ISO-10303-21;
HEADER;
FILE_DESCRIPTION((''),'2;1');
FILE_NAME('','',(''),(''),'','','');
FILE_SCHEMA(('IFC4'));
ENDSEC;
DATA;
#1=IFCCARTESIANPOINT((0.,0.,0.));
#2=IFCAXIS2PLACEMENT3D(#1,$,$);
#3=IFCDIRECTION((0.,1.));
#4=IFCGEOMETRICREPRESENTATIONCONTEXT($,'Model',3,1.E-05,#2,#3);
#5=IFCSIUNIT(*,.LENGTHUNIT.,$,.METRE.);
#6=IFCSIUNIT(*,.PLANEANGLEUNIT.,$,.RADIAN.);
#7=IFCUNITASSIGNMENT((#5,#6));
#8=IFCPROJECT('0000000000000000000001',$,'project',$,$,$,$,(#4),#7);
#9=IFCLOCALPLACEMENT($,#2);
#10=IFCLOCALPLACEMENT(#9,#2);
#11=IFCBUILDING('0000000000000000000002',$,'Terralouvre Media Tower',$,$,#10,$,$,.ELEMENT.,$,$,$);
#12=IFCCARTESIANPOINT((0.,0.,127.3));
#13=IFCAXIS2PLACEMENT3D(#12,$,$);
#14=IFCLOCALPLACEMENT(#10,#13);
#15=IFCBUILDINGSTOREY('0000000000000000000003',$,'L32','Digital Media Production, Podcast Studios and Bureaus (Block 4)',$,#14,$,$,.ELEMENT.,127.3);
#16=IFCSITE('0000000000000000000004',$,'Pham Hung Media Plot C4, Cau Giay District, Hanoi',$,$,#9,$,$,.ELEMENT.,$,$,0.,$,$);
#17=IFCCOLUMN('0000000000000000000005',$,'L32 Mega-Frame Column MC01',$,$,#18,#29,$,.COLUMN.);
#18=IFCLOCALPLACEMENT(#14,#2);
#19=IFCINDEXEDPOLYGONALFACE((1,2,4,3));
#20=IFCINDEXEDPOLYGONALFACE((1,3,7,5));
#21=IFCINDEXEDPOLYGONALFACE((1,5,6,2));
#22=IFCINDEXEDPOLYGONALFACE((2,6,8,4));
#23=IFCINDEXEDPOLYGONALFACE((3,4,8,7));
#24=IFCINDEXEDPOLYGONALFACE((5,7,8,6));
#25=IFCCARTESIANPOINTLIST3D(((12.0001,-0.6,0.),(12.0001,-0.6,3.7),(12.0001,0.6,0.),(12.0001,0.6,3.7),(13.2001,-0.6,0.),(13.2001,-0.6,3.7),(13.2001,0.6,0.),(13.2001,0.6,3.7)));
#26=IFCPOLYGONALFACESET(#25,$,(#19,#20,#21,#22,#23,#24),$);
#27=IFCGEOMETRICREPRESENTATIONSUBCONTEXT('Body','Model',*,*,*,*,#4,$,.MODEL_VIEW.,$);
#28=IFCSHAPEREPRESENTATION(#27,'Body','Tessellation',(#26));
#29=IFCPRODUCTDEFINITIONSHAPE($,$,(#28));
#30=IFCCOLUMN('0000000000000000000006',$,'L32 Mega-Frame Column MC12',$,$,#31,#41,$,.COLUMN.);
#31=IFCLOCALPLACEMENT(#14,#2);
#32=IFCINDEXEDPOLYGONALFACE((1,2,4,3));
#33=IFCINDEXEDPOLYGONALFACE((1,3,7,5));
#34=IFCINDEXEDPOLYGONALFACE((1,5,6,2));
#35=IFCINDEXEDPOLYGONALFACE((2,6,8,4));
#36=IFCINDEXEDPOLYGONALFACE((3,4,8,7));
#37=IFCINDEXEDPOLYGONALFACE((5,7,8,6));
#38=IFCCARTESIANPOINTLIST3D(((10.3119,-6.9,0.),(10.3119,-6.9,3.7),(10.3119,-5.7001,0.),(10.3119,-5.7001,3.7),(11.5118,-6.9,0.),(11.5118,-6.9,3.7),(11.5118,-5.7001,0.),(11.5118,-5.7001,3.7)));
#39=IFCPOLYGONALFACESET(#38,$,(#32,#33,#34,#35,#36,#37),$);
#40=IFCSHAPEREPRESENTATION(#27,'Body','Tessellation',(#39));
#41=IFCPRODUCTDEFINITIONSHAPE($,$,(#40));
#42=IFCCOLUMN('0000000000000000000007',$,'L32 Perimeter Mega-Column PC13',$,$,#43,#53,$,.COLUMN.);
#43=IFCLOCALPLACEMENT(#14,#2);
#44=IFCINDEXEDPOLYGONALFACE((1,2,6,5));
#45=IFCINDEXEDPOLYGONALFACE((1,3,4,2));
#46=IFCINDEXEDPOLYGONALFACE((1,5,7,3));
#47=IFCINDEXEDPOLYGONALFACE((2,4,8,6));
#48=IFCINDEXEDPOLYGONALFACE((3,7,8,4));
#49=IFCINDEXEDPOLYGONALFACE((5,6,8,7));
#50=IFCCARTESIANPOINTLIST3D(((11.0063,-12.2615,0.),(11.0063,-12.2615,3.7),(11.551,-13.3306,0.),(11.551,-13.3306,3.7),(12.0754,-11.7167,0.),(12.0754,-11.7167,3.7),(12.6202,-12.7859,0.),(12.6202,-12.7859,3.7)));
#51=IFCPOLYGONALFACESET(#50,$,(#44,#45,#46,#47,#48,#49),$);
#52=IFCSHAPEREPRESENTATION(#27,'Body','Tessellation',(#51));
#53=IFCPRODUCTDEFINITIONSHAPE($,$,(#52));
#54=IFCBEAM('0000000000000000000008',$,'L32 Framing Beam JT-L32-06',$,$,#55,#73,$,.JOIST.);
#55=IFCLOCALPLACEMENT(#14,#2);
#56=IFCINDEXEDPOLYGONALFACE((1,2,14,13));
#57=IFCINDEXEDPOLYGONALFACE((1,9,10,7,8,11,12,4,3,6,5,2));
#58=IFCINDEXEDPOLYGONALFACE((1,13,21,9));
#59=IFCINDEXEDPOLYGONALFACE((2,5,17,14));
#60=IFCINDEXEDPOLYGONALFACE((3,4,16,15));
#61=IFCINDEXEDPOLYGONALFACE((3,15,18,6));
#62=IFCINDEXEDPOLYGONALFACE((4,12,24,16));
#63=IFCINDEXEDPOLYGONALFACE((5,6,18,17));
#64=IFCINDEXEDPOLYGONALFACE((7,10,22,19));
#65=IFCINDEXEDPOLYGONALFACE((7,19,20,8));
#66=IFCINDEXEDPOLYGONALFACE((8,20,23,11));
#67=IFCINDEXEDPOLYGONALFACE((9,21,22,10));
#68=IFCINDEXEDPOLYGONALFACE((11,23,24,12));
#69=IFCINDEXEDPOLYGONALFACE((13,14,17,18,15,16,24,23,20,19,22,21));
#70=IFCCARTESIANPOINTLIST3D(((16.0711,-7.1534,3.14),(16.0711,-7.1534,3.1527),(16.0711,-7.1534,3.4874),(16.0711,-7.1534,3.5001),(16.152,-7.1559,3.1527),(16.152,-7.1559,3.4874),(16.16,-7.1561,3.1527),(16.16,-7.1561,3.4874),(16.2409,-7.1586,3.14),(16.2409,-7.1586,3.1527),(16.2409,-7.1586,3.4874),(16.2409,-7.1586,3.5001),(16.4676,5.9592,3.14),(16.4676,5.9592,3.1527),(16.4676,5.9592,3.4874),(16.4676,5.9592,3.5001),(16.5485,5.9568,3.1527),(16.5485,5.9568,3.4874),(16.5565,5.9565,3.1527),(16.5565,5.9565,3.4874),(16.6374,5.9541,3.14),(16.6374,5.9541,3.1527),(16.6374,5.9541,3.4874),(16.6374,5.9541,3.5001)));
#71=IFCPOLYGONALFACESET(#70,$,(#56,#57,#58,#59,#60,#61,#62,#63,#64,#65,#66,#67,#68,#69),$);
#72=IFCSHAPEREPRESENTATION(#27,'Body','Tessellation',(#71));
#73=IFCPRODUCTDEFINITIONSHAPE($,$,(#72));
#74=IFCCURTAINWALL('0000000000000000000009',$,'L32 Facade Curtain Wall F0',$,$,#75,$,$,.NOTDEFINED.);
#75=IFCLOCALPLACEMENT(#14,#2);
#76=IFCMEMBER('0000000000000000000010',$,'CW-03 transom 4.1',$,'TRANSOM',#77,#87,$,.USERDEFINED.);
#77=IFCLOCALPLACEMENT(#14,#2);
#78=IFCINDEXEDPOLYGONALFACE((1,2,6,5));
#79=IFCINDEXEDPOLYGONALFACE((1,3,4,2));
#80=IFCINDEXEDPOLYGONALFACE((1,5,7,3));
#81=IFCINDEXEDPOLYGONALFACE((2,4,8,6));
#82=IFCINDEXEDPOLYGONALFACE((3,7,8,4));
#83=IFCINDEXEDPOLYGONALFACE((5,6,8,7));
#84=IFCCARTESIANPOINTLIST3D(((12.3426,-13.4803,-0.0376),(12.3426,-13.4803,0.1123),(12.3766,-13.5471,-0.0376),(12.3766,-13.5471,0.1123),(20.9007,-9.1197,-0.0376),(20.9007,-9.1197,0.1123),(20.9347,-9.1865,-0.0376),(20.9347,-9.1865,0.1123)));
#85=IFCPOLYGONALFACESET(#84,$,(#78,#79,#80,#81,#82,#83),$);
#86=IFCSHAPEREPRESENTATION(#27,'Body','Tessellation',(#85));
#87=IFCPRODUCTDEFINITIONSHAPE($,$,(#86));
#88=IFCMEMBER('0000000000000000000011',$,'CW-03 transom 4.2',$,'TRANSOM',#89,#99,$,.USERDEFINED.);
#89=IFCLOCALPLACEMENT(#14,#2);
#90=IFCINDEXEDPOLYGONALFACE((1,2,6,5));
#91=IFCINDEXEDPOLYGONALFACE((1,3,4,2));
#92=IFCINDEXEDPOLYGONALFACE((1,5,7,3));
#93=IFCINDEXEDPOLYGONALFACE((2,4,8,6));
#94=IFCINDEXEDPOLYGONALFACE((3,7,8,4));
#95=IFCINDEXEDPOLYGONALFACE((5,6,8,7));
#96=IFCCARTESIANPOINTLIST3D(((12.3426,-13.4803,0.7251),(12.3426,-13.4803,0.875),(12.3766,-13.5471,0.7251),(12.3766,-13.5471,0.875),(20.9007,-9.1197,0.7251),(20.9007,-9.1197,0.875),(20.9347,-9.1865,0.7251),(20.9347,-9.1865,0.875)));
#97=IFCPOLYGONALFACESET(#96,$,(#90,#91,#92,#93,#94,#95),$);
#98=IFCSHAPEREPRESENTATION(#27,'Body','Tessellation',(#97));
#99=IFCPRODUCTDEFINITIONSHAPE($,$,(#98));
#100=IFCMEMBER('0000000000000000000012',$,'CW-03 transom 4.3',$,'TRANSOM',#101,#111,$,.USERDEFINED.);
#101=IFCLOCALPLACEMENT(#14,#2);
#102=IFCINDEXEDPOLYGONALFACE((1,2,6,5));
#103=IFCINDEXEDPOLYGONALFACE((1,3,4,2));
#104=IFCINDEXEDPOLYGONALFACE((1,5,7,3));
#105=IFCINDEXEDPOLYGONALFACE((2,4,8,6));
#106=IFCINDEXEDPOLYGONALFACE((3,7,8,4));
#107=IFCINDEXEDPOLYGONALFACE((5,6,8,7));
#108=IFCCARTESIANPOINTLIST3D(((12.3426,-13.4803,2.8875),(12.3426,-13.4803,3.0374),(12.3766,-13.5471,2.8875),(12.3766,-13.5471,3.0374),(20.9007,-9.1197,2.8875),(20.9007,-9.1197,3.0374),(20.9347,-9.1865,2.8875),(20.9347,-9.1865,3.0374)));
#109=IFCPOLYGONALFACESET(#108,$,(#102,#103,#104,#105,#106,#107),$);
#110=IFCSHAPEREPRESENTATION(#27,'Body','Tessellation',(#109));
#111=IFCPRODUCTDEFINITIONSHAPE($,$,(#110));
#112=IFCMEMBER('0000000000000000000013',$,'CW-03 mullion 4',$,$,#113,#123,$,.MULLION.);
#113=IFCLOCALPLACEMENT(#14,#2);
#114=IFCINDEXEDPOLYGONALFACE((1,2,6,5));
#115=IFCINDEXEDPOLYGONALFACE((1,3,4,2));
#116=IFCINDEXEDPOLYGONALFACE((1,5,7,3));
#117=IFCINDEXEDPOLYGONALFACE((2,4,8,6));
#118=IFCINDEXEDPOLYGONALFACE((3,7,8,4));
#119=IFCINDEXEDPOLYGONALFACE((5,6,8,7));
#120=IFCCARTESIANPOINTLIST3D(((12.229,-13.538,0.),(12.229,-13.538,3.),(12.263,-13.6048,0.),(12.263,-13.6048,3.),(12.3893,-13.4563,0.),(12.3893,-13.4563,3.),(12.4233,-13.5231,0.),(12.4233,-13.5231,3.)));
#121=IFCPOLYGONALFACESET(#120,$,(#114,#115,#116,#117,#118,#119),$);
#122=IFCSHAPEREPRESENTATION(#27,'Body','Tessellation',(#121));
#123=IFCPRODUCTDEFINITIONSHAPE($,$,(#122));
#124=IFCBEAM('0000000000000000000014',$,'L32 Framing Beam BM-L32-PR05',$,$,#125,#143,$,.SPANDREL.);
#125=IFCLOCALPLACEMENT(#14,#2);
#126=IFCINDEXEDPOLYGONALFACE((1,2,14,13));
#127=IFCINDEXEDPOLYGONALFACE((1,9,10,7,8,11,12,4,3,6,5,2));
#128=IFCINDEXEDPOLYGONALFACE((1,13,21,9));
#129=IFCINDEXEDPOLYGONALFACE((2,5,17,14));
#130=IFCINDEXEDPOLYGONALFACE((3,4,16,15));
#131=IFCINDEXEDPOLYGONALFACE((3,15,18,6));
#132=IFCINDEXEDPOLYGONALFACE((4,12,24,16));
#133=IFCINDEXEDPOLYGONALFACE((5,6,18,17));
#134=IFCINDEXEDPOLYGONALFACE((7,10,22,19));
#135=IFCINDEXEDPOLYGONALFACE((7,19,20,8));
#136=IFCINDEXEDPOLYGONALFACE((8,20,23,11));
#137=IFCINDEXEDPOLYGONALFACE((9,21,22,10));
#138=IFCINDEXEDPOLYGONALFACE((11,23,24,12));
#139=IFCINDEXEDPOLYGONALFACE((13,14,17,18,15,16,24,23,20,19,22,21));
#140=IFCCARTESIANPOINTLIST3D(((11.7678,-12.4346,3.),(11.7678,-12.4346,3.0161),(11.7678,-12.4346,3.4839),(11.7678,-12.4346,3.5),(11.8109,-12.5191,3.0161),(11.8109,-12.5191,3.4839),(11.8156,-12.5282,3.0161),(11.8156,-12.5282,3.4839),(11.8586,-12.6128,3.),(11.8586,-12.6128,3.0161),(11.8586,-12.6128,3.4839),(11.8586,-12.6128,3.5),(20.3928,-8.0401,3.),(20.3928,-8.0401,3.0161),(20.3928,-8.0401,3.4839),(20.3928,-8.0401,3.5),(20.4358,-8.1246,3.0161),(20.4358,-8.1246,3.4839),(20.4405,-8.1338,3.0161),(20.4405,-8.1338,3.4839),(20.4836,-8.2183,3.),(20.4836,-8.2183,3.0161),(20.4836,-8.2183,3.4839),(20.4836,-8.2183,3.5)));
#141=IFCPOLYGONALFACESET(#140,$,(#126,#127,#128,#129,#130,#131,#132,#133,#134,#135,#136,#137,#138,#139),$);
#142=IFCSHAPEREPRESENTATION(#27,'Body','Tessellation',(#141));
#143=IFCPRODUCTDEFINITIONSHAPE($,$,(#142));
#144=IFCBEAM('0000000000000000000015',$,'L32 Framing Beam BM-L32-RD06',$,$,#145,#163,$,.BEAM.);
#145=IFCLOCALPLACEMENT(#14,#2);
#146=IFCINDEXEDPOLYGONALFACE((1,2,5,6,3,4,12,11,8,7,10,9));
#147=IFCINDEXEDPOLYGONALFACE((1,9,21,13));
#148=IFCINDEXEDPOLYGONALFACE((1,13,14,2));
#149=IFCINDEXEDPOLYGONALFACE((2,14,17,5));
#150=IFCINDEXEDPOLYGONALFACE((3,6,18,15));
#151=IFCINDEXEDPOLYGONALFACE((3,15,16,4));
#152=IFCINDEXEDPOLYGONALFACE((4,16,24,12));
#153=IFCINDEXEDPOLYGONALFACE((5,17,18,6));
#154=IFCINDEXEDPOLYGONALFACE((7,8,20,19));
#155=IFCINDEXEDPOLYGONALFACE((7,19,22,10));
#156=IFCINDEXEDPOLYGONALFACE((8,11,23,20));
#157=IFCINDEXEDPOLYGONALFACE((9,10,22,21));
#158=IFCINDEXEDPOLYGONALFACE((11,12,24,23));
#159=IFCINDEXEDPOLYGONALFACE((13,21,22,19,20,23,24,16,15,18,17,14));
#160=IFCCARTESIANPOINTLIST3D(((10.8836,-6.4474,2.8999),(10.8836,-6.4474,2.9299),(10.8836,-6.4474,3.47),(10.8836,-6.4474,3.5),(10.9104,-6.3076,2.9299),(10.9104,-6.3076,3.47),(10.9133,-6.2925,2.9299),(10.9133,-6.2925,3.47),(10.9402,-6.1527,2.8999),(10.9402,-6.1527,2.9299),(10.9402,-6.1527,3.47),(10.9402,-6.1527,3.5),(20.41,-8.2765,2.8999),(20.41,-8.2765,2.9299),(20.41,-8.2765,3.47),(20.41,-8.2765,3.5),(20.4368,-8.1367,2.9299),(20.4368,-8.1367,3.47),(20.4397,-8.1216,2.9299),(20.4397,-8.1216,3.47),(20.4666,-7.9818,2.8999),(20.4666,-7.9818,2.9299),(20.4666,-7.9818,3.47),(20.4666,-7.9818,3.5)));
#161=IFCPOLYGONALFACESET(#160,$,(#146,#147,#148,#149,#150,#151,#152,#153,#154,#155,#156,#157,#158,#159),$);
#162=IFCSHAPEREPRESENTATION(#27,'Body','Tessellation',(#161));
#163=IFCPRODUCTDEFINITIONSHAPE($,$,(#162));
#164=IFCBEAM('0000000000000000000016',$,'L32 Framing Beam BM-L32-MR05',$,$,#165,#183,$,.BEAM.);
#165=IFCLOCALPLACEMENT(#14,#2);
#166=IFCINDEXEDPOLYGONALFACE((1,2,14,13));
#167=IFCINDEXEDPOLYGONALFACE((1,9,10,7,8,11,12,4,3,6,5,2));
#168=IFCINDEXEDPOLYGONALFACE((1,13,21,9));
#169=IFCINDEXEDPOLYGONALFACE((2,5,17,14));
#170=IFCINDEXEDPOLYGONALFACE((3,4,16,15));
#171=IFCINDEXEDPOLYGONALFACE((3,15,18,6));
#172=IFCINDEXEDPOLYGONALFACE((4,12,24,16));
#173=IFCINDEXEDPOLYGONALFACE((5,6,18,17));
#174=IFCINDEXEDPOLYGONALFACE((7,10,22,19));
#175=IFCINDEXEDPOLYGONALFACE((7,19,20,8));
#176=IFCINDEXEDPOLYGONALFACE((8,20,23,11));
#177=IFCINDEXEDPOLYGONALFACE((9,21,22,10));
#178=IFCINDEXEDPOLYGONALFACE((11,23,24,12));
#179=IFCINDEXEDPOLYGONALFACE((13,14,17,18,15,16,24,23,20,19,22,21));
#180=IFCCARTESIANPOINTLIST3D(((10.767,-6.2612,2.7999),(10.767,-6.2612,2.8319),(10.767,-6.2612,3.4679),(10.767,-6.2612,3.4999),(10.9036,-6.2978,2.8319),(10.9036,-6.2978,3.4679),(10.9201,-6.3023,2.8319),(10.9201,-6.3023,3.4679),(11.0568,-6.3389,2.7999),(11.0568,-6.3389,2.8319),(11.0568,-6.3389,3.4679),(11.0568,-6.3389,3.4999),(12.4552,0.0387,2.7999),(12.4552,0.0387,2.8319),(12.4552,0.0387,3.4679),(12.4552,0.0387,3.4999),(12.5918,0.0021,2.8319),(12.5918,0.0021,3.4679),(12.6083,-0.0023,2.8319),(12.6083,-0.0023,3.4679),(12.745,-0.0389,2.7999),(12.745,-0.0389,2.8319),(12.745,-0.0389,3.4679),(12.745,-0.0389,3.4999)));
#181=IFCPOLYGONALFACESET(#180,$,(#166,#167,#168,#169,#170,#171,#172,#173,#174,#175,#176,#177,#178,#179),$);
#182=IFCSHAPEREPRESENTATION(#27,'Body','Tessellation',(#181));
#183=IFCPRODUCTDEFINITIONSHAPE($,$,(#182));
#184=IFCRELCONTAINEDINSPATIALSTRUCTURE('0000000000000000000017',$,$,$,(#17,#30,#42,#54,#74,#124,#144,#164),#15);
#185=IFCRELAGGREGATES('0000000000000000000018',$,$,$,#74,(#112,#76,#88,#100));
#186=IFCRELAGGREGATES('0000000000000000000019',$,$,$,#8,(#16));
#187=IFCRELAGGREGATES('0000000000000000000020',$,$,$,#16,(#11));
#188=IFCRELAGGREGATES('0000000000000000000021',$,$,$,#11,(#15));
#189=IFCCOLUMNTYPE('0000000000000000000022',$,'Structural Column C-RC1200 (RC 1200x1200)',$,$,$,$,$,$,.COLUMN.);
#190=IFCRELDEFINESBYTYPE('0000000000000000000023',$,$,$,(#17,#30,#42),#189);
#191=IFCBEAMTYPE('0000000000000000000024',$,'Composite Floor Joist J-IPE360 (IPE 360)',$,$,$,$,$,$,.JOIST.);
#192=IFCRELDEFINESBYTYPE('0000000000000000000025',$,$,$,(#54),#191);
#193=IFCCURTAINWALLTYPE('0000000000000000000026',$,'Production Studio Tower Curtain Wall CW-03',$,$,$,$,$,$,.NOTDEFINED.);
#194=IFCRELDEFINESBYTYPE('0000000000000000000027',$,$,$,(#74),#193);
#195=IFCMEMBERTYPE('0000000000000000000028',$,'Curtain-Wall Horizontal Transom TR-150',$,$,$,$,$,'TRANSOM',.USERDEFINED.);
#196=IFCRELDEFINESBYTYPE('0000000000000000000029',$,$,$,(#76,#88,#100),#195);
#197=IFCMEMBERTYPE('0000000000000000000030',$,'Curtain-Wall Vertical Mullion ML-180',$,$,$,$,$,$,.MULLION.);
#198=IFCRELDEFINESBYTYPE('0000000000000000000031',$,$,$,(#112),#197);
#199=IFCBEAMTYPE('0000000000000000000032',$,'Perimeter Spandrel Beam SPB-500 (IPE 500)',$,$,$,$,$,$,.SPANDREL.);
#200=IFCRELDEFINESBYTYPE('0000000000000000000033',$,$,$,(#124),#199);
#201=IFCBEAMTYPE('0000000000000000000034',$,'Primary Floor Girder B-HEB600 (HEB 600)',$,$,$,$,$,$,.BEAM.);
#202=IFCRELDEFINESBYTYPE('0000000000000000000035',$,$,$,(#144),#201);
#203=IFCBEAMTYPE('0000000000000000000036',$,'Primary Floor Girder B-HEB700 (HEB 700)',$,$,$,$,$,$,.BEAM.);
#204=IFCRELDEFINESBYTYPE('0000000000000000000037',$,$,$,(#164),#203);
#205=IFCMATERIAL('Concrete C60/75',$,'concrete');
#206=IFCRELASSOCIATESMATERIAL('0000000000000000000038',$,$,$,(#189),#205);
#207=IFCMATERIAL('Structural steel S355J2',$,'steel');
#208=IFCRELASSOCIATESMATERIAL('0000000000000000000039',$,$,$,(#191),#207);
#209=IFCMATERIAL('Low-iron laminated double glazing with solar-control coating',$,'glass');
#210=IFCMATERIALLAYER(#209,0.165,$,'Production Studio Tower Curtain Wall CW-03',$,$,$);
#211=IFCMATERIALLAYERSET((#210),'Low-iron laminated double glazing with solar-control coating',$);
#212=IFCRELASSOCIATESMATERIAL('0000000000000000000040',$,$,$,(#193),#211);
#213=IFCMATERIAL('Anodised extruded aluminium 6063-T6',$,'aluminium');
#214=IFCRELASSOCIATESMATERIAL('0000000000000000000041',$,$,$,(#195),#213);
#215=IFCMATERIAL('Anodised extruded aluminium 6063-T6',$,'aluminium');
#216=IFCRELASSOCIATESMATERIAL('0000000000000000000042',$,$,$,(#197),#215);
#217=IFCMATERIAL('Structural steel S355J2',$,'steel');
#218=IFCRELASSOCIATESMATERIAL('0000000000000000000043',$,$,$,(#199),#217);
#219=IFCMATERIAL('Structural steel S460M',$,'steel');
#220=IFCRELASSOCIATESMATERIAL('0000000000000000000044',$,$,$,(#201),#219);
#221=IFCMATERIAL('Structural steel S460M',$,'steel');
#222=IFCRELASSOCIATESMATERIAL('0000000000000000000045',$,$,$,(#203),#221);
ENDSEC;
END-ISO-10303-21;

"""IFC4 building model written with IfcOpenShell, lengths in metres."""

from ifc_helpers import new_model, si_unit, direction, frame, origin, origin_2d, place, context, subcontext, project, spatial, rectangle, i_section, extrude, material, layer, layer_set, material_profile, profile_set, type_object, element, aggregate, save


model = new_model("IFC4")

# Units and contexts
model_context = context("Model", 3, precision=1e-05, world=origin(), true_north=direction((0.0, 1.0)))
body_context = subcontext(model_context, "Body", "Model", "MODEL_VIEW")
ifc_project = project(units=[si_unit("LENGTHUNIT", "METRE"), si_unit("PLANEANGLEUNIT", "RADIAN")], contexts=[model_context])

# Site, building, storey
site_placement = place(None, origin())
site = spatial("IfcSite", under=ifc_project, at=site_placement, Name="Pham Hung Media Plot C4, Cau Giay District, Hanoi", CompositionType="ELEMENT", RefElevation=0.0)
building_placement = place(site_placement, origin())
building = spatial("IfcBuilding", under=site, at=building_placement, Name="Terralouvre Media Tower", CompositionType="ELEMENT")
storey_placement = place(building_placement, frame((0.0, 0.0, 127.3)))
storey = spatial("IfcBuildingStorey", under=building, at=storey_placement, Name="L32", Description="Digital Media Production, Podcast Studios and Bureaus (Block 4)", CompositionType="ELEMENT", Elevation=127.3)

# Columns
ifc_material_1 = material(Name="Concrete C60/75", Category="concrete")
ifc_material_profile_1 = material_profile(ifc_material_1, rectangle(XDim=1.2, YDim=1.2, at=origin_2d()), Name="RC 1200x1200")
ifc_profile_set_1 = profile_set([ifc_material_profile_1], Name="Concrete C60/75")
column_type = type_object("IfcColumnType", Name="Structural Column C-RC1200 (RC 1200x1200)", PredefinedType="COLUMN", material=ifc_profile_set_1)
for number, where, z_axis, x_axis, name in (
    (1, (12.6001, 0.0, 0.0), (0.0, 0.0, 1.0), (1.0, 0.0, 0.0), "L32 Mega-Frame Column MC01"),
    (2, (10.9119, -6.3, 0.0), (0.0, 0.0, 1.0), (1.0, 0.0, 0.0), "L32 Mega-Frame Column MC12"),
    (3, (11.8132, -12.5237, 0.0), (0.0, 0.0, 1.0), (0.891007, 0.45399, 0.0), "L32 Perimeter Mega-Column PC13"),
):
    element("IfcColumn", number, at=place(storey_placement, frame(where, z_axis=z_axis, x_axis=x_axis)), inside=storey, type_object=column_type, Name=name, PredefinedType="COLUMN", context=body_context, shape_type="SweptSolid", body=[
        extrude(rectangle(XDim=1.2, YDim=1.2, at=origin_2d()), origin(), (0.0, 0.0, 1.0), 3.7),
    ])

# Beam
ifc_material_2 = material(Name="Structural steel S355J2", Category="steel")
ifc_material_profile_2 = material_profile(ifc_material_2, i_section(OverallWidth=0.1699, OverallDepth=0.3601, WebThickness=0.0081, FlangeThickness=0.0127, at=origin_2d()), Name="IPE 360")
ifc_profile_set_2 = profile_set([ifc_material_profile_2], Name="Structural steel S355J2")
beam_type_1 = type_object("IfcBeamType", Name="Composite Floor Joist J-IPE360 (IPE 360)", PredefinedType="JOIST", material=ifc_profile_set_2)
beam_1_placement = place(storey_placement, frame((16.156, -7.156, 3.3201), z_axis=(0.030223, 0.999543, 0.0), x_axis=(-0.999543, 0.030223, 0.0)))
element("IfcBeam", 4, at=beam_1_placement, inside=storey, type_object=beam_type_1, Name="L32 Framing Beam JT-L32-06", PredefinedType="JOIST", context=body_context, shape_type="SweptSolid", body=[
    extrude(i_section(OverallWidth=0.1699, OverallDepth=0.3601, WebThickness=0.0081, FlangeThickness=0.0127, at=origin_2d()), origin(), (0.0, 0.0, 1.0), 13.1187),
])

# Curtain wall, members
ifc_material_3 = material(Name="Low-iron laminated double glazing with solar-control coating", Category="glass")
ifc_layer_1 = layer(ifc_material_3, 0.165, Name="Production Studio Tower Curtain Wall CW-03")
ifc_layer_set_1 = layer_set([ifc_layer_1], Name="Low-iron laminated double glazing with solar-control coating")
curtain_wall_type = type_object("IfcCurtainWallType", Name="Production Studio Tower Curtain Wall CW-03", PredefinedType="NOTDEFINED", material=ifc_layer_set_1)
curtain_wall_placement = place(storey_placement, origin())
curtain_wall = element("IfcCurtainWall", 5, at=curtain_wall_placement, inside=storey, type_object=curtain_wall_type, Name="L32 Facade Curtain Wall F0", PredefinedType="NOTDEFINED")
ifc_material_4 = material(Name="Anodised extruded aluminium 6063-T6", Category="aluminium")
ifc_material_profile_3 = material_profile(ifc_material_4, rectangle(XDim=0.075, YDim=0.1499, at=origin_2d()), Name="ALU 75x150")
ifc_profile_set_3 = profile_set([ifc_material_profile_3], Name="Anodised extruded aluminium 6063-T6")
member_type_1 = type_object("IfcMemberType", Name="Curtain-Wall Horizontal Transom TR-150", ElementType="TRANSOM", PredefinedType="USERDEFINED", material=ifc_profile_set_3)
member_1_placement = place(storey_placement, frame((12.3596, -13.5137, 0.0374), z_axis=(0.891006, 0.453992, 0.0), x_axis=(-0.453992, 0.891006, 0.0)))
member_1 = element("IfcMember", 6, at=member_1_placement, type_object=member_type_1, Name="CW-03 transom 4.1", ObjectType="TRANSOM", PredefinedType="USERDEFINED", context=body_context, shape_type="SweptSolid", body=[
    extrude(rectangle(XDim=0.075, YDim=0.1499, at=origin_2d()), origin(), (0.0, 0.0, 1.0), 9.605),
])
member_2_placement = place(storey_placement, frame((12.3596, -13.5137, 0.8), z_axis=(0.891006, 0.453992, 0.0), x_axis=(-0.453992, 0.891006, 0.0)))
member_2 = element("IfcMember", 7, at=member_2_placement, type_object=member_type_1, Name="CW-03 transom 4.2", ObjectType="TRANSOM", PredefinedType="USERDEFINED", context=body_context, shape_type="SweptSolid", body=[
    extrude(rectangle(XDim=0.075, YDim=0.1499, at=origin_2d()), origin(), (0.0, 0.0, 1.0), 9.605),
])
member_3_placement = place(storey_placement, frame((12.3596, -13.5137, 2.9624), z_axis=(0.891006, 0.453992, 0.0), x_axis=(-0.453992, 0.891006, 0.0)))
member_3 = element("IfcMember", 8, at=member_3_placement, type_object=member_type_1, Name="CW-03 transom 4.3", ObjectType="TRANSOM", PredefinedType="USERDEFINED", context=body_context, shape_type="SweptSolid", body=[
    extrude(rectangle(XDim=0.075, YDim=0.1499, at=origin_2d()), origin(), (0.0, 0.0, 1.0), 9.605),
])
ifc_material_5 = material(Name="Anodised extruded aluminium 6063-T6", Category="aluminium")
ifc_material_profile_4 = material_profile(ifc_material_5, rectangle(XDim=0.075, YDim=0.1799, at=origin_2d()), Name="ALU 75x180")
ifc_profile_set_4 = profile_set([ifc_material_profile_4], Name="Anodised extruded aluminium 6063-T6")
member_type_2 = type_object("IfcMemberType", Name="Curtain-Wall Vertical Mullion ML-180", PredefinedType="MULLION", material=ifc_profile_set_4)
member_4_placement = place(storey_placement, frame((12.3262, -13.5305, 0.0), z_axis=(0.0, 0.0, 1.0), x_axis=(-0.453991, 0.891007, 0.0)))
member_4 = element("IfcMember", 9, at=member_4_placement, type_object=member_type_2, Name="CW-03 mullion 4", PredefinedType="MULLION", context=body_context, shape_type="SweptSolid", body=[
    extrude(rectangle(XDim=0.075, YDim=0.1799, at=origin_2d()), origin(), (0.0, 0.0, 1.0), 3.0),
])

# Beams
ifc_material_6 = material(Name="Structural steel S355J2", Category="steel")
ifc_material_profile_5 = material_profile(ifc_material_6, i_section(OverallWidth=0.2, OverallDepth=0.5, WebThickness=0.0103, FlangeThickness=0.0161, at=origin_2d()), Name="IPE 500")
ifc_profile_set_5 = profile_set([ifc_material_profile_5], Name="Structural steel S355J2")
beam_type_2 = type_object("IfcBeamType", Name="Perimeter Spandrel Beam SPB-500 (IPE 500)", PredefinedType="SPANDREL", material=ifc_profile_set_5)
beam_2_placement = place(storey_placement, frame((11.8132, -12.5237, 3.25), z_axis=(0.891012, 0.45398, 0.0), x_axis=(-0.45398, 0.891012, 0.0)))
element("IfcBeam", 10, at=beam_2_placement, inside=storey, type_object=beam_type_2, Name="L32 Framing Beam BM-L32-PR05", PredefinedType="SPANDREL", context=body_context, shape_type="SweptSolid", body=[
    extrude(i_section(OverallWidth=0.2, OverallDepth=0.5, WebThickness=0.0103, FlangeThickness=0.0161, at=origin_2d()), origin(), (0.0, 0.0, 1.0), 9.6799),
])
ifc_material_7 = material(Name="Structural steel S460M", Category="steel")
ifc_material_profile_6 = material_profile(ifc_material_7, i_section(OverallWidth=0.3, OverallDepth=0.6001, WebThickness=0.0154, FlangeThickness=0.03, at=origin_2d()), Name="HEB 600")
ifc_profile_set_6 = profile_set([ifc_material_profile_6], Name="Structural steel S460M")
beam_type_3 = type_object("IfcBeamType", Name="Primary Floor Girder B-HEB600 (HEB 600)", PredefinedType="BEAM", material=ifc_profile_set_6)
beam_3_placement = place(storey_placement, frame((10.9119, -6.3, 3.2), z_axis=(0.982062, -0.18856, 0.0), x_axis=(0.18856, 0.982062, 0.0)))
element("IfcBeam", 11, at=beam_3_placement, inside=storey, type_object=beam_type_3, Name="L32 Framing Beam BM-L32-RD06", PredefinedType="BEAM", context=body_context, shape_type="SweptSolid", body=[
    extrude(i_section(OverallWidth=0.3, OverallDepth=0.6001, WebThickness=0.0154, FlangeThickness=0.03, at=origin_2d()), origin(), (0.0, 0.0, 1.0), 9.7004),
])
ifc_material_8 = material(Name="Structural steel S460M", Category="steel")
ifc_material_profile_7 = material_profile(ifc_material_8, i_section(OverallWidth=0.3, OverallDepth=0.7, WebThickness=0.0171, FlangeThickness=0.032, at=origin_2d()), Name="HEB 700")
ifc_profile_set_7 = profile_set([ifc_material_profile_7], Name="Structural steel S460M")
beam_type_4 = type_object("IfcBeamType", Name="Primary Floor Girder B-HEB700 (HEB 700)", PredefinedType="BEAM", material=ifc_profile_set_7)
beam_4_placement = place(storey_placement, frame((10.9119, -6.3, 3.1499), z_axis=(0.258839, 0.96592, 0.0), x_axis=(-0.96592, 0.258839, 0.0)))
element("IfcBeam", 12, at=beam_4_placement, inside=storey, type_object=beam_type_4, Name="L32 Framing Beam BM-L32-MR05", PredefinedType="BEAM", context=body_context, shape_type="SweptSolid", body=[
    extrude(i_section(OverallWidth=0.3, OverallDepth=0.7, WebThickness=0.0171, FlangeThickness=0.032, at=origin_2d()), origin(), (0.0, 0.0, 1.0), 6.5222),
])

aggregate(curtain_wall, [member_4, member_1, member_2, member_3])

save(model, "model.ifc")
